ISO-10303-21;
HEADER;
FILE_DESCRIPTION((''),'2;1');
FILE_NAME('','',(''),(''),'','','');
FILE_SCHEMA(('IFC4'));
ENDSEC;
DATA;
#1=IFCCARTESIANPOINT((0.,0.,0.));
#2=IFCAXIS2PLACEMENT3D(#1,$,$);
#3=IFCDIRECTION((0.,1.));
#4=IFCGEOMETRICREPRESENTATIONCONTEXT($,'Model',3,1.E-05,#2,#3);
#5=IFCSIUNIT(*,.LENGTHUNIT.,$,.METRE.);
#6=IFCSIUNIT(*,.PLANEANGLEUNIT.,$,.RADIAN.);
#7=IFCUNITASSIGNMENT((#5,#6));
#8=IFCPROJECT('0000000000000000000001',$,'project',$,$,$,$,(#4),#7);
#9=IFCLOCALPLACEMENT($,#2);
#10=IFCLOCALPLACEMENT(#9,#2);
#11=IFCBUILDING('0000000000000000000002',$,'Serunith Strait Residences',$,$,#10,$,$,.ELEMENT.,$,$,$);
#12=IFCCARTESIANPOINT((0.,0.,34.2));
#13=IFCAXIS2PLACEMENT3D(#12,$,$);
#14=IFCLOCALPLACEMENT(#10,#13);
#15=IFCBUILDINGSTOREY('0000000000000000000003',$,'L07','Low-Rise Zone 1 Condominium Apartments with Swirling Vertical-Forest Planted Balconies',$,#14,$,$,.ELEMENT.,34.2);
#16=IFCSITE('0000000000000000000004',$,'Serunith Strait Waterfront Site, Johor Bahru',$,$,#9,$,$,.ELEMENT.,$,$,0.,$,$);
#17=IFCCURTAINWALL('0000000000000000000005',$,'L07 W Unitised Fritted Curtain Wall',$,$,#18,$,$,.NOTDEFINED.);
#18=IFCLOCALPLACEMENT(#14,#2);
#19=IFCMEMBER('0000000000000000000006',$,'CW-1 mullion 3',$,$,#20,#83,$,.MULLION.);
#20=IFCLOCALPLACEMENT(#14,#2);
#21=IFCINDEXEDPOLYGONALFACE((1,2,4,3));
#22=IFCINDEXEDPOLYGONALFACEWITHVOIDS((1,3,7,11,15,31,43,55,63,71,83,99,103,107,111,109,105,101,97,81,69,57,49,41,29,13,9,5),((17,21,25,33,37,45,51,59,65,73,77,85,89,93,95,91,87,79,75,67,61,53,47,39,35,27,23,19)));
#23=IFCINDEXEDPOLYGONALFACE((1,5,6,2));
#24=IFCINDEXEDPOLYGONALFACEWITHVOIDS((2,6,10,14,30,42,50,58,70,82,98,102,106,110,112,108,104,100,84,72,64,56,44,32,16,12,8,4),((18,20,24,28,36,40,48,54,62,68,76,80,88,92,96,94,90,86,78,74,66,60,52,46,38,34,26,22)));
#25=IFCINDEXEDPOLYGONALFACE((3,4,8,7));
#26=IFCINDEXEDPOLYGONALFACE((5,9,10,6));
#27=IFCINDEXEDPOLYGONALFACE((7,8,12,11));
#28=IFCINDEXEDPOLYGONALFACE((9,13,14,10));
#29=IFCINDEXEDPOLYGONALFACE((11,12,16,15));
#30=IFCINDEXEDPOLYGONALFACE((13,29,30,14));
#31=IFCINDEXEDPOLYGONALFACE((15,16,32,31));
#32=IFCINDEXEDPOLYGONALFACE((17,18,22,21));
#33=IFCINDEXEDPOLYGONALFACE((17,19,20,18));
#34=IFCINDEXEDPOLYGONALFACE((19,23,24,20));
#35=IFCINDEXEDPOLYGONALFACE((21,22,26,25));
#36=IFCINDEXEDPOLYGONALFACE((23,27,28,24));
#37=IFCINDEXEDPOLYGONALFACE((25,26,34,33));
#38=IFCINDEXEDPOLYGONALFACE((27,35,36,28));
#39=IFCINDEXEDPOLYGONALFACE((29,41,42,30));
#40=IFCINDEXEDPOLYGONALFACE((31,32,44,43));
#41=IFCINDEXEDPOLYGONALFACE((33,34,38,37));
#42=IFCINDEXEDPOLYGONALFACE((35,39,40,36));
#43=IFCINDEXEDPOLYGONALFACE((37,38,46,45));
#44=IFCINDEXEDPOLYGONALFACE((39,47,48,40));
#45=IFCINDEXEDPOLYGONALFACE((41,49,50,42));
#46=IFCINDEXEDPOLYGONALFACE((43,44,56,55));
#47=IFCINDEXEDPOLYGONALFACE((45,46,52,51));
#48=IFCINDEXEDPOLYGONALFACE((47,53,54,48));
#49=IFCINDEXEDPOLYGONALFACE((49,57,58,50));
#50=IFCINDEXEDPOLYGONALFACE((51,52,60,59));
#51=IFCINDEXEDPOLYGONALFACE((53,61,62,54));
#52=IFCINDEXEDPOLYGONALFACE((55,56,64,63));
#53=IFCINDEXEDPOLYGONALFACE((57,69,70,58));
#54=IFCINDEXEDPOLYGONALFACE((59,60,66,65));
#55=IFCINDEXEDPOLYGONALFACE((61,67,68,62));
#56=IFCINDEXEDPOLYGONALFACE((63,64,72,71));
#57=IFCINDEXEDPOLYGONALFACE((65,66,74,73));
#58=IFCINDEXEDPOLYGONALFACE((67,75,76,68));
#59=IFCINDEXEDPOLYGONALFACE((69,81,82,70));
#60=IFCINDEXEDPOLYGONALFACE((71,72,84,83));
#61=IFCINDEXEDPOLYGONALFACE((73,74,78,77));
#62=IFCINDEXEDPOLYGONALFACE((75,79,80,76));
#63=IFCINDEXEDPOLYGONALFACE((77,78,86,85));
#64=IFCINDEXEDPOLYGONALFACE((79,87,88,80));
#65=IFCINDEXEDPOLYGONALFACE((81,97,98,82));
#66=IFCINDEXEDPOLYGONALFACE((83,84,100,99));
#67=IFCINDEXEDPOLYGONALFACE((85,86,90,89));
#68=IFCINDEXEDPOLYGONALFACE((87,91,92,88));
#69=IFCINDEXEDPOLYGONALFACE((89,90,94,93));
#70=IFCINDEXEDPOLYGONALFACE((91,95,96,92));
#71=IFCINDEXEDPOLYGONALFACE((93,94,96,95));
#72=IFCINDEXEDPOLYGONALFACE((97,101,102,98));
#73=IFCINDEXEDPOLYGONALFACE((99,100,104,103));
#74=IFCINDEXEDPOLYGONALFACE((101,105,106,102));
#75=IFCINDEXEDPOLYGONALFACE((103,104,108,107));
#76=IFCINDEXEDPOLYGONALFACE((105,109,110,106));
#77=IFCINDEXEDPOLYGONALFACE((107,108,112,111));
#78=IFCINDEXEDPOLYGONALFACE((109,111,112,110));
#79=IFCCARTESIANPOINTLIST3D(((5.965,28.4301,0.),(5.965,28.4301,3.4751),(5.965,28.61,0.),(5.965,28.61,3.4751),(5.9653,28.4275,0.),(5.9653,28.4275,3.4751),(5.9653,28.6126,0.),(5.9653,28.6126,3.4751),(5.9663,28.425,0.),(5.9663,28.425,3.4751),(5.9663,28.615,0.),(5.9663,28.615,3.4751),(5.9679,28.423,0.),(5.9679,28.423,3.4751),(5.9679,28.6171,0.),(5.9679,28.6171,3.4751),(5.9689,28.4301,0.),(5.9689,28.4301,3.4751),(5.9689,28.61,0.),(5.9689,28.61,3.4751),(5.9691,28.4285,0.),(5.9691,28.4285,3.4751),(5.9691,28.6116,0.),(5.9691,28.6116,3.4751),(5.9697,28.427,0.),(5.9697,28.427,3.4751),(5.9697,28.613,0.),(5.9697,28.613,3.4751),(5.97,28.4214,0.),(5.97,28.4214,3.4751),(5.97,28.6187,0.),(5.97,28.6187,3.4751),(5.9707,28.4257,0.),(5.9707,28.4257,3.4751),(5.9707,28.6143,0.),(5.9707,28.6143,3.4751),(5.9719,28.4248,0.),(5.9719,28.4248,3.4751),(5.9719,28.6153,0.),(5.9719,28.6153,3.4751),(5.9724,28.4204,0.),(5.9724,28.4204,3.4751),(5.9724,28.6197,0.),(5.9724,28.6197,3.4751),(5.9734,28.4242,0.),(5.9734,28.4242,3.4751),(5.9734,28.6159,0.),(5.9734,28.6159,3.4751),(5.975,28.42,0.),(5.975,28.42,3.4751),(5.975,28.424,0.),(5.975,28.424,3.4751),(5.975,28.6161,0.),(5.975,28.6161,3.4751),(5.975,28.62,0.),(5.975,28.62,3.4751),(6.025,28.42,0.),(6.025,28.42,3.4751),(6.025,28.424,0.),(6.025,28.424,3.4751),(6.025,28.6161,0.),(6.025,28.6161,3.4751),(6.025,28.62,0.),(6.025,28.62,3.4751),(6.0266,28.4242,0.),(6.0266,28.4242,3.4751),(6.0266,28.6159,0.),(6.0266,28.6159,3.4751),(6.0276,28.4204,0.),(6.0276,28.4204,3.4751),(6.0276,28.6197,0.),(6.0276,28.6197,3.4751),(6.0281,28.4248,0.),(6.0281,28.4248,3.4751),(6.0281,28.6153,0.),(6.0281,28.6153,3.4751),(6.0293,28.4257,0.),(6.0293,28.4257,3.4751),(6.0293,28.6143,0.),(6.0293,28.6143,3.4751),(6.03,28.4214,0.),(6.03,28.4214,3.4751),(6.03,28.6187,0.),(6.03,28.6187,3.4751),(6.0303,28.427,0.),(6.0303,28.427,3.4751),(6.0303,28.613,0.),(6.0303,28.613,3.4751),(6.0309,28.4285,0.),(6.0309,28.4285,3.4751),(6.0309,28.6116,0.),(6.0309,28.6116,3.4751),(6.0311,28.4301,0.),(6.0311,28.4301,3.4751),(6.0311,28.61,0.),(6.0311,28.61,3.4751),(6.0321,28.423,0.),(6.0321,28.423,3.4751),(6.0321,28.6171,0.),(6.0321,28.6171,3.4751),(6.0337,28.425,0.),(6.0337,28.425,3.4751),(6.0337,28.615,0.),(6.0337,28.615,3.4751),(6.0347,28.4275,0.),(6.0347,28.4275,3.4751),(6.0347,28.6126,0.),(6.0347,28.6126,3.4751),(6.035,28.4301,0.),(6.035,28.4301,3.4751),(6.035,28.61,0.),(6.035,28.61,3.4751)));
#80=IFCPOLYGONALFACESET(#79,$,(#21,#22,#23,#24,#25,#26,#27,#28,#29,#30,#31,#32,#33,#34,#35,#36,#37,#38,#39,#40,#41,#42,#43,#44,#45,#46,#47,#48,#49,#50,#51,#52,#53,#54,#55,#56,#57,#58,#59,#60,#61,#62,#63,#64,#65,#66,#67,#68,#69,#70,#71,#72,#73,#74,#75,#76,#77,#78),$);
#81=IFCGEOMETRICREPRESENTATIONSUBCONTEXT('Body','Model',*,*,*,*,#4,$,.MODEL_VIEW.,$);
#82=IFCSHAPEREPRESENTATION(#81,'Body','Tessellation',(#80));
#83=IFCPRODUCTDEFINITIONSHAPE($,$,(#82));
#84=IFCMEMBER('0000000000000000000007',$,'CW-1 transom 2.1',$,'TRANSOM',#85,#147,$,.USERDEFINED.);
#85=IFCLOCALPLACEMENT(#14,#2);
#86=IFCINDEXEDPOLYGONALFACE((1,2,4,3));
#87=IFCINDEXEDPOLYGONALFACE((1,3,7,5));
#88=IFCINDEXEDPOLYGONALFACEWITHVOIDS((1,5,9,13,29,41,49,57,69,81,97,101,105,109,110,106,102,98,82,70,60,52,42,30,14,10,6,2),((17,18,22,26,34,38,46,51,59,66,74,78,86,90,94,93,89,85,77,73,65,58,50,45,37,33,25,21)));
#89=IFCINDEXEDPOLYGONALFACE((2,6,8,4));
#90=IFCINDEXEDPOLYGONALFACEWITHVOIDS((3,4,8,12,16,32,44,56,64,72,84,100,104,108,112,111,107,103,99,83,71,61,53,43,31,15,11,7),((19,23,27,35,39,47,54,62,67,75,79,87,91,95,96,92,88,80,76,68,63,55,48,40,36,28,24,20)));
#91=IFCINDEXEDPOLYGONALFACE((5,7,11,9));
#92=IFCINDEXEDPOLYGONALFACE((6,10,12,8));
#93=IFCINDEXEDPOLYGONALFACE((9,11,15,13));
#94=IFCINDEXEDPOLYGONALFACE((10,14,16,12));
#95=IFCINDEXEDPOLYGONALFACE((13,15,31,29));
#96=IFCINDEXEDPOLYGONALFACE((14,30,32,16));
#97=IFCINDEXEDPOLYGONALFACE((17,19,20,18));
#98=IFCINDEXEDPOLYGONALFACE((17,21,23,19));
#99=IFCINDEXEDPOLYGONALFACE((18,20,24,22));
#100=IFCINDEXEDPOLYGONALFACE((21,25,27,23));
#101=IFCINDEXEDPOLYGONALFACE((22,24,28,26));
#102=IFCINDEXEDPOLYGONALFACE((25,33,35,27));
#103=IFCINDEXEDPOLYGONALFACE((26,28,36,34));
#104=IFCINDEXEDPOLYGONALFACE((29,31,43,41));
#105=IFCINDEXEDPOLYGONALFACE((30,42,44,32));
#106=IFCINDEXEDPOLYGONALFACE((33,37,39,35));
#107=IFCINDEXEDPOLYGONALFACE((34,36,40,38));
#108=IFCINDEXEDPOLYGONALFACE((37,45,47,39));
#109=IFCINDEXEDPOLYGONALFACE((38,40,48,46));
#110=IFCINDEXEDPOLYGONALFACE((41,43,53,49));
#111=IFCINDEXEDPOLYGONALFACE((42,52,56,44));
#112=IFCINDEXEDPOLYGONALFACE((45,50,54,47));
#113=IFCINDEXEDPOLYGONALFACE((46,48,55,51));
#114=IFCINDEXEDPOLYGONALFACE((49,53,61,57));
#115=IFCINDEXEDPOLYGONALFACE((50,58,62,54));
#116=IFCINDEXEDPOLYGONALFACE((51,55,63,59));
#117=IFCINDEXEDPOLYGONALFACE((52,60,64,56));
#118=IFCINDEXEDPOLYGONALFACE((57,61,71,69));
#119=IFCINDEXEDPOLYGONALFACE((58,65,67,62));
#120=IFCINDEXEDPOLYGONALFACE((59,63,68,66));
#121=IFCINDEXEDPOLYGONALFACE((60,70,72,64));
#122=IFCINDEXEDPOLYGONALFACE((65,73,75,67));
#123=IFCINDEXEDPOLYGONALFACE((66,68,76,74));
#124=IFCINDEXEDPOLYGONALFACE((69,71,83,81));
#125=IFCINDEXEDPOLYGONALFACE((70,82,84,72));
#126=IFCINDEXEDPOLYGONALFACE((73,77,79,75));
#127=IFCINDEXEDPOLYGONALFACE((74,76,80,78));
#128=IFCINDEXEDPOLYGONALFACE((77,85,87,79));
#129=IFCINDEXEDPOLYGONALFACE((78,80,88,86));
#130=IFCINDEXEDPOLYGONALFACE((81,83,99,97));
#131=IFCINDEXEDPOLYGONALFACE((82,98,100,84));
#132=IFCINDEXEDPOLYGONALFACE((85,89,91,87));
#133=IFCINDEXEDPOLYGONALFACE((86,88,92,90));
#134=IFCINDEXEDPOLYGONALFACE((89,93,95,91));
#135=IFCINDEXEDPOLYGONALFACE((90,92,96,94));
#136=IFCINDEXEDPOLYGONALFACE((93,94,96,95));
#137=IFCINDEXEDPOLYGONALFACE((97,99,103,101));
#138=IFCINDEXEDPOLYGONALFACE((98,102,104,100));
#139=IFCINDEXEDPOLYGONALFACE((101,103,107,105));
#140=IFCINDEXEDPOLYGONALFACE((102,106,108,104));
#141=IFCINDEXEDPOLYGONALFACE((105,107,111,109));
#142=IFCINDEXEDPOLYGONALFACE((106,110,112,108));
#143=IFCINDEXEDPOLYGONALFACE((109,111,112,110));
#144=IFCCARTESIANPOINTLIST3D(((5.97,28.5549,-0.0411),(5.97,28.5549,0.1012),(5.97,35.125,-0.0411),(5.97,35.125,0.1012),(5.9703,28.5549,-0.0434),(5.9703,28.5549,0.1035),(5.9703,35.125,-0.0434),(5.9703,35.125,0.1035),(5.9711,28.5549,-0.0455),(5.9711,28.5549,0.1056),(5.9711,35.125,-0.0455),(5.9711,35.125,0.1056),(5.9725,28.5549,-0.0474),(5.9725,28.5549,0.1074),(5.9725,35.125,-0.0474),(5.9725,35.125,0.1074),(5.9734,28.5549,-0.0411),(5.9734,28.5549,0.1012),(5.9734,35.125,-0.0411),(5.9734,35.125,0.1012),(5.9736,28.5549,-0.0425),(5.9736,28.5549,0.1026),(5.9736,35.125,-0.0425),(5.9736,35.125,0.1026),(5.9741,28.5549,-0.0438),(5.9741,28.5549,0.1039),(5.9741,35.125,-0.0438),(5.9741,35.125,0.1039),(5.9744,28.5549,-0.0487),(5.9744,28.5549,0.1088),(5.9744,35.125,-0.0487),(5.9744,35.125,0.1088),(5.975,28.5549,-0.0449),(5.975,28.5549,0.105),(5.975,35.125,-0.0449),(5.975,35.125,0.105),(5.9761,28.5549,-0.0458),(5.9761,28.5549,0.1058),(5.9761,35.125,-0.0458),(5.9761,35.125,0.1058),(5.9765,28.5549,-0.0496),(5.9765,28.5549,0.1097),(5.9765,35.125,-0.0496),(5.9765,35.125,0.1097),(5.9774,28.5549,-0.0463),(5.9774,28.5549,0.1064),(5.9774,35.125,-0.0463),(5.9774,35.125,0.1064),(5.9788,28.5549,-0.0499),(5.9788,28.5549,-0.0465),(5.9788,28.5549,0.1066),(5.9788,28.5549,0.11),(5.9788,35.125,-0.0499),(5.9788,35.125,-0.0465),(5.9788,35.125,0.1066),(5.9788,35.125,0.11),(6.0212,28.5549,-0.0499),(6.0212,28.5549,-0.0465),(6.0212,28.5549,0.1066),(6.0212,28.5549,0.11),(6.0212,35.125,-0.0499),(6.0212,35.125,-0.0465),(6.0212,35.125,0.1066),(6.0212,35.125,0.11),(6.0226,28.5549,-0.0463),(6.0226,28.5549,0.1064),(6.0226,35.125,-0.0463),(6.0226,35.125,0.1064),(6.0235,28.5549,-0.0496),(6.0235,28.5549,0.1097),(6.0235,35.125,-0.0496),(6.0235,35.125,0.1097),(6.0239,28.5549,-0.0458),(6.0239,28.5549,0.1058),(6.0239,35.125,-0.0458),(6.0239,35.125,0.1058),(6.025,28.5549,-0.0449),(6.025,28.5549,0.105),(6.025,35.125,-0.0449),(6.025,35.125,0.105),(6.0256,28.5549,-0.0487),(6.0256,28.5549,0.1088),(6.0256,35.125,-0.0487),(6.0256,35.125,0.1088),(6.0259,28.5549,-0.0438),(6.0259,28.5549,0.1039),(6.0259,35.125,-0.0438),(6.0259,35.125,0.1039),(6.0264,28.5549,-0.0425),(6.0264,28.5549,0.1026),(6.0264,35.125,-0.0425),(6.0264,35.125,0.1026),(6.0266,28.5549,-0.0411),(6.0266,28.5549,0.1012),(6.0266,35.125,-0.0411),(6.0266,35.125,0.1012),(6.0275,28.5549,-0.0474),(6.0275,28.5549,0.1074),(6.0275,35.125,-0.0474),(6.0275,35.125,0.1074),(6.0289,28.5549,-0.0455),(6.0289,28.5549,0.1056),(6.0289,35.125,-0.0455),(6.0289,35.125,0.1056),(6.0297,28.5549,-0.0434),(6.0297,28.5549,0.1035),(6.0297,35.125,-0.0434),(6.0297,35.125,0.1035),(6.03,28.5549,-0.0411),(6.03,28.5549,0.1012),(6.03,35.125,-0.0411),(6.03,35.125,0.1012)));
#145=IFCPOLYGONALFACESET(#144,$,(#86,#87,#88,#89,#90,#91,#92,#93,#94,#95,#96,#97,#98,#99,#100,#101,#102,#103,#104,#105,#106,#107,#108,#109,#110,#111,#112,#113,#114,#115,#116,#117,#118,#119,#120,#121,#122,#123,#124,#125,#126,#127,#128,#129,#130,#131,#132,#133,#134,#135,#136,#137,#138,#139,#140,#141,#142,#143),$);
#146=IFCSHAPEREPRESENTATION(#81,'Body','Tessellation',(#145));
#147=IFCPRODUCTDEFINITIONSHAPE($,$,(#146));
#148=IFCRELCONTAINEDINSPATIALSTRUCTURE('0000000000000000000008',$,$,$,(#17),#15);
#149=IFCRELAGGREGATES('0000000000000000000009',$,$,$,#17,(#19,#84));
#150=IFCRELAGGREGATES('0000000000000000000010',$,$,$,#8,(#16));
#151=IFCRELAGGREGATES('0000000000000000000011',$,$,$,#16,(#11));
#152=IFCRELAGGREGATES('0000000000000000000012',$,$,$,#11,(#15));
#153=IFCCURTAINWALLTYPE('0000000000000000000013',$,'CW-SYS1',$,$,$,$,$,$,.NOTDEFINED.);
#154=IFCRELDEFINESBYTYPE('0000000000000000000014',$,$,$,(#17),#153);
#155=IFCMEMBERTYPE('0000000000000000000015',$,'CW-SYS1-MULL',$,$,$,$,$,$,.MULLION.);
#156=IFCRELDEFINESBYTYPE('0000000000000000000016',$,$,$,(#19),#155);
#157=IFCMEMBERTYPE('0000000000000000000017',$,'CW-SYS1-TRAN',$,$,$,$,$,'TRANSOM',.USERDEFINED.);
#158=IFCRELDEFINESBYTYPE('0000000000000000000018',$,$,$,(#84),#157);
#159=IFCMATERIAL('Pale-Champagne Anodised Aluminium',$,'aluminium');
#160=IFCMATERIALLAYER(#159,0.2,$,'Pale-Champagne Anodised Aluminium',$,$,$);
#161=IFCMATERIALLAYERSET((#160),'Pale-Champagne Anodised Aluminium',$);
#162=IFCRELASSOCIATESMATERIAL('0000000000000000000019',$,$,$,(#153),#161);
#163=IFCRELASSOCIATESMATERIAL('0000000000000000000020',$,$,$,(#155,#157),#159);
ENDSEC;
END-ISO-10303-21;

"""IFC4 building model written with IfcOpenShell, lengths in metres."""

from ifc_helpers import new_model, si_unit, direction, frame, origin, origin_2d, place, context, subcontext, project, spatial, hollow_rectangle, extrude, source, transform, mapped, material, layer, layer_set, material_profile, profile_set, type_object, element, aggregate, save


model = new_model("IFC4")

# Units and contexts
model_context = context("Model", 3, precision=1e-05, world=origin(), true_north=direction((0.0, 1.0)))
body_context = subcontext(model_context, "Body", "Model", "MODEL_VIEW")
ifc_project = project(units=[si_unit("LENGTHUNIT", "METRE"), si_unit("PLANEANGLEUNIT", "RADIAN")], contexts=[model_context])

# Site, building, storey
site_placement = place(None, origin())
site = spatial("IfcSite", under=ifc_project, at=site_placement, Name="Serunith Strait Waterfront Site, Johor Bahru", CompositionType="ELEMENT", RefElevation=0.0)
building_placement = place(site_placement, origin())
building = spatial("IfcBuilding", under=site, at=building_placement, Name="Serunith Strait Residences", CompositionType="ELEMENT")
storey_placement = place(building_placement, frame((0.0, 0.0, 34.2)))
storey = spatial("IfcBuildingStorey", under=building, at=storey_placement, Name="L07", Description="Low-Rise Zone 1 Condominium Apartments with Swirling Vertical-Forest Planted Balconies", CompositionType="ELEMENT", Elevation=34.2)

# Curtain wall, members
ifc_material_1 = material(Name="Pale-Champagne Anodised Aluminium", Category="aluminium")
ifc_layer_1 = layer(ifc_material_1, 0.2, Name="Pale-Champagne Anodised Aluminium")
ifc_layer_set_1 = layer_set([ifc_layer_1], Name="Pale-Champagne Anodised Aluminium")
curtain_wall_type = type_object("IfcCurtainWallType", Name="CW-SYS1", PredefinedType="NOTDEFINED", material=ifc_layer_set_1)
curtain_wall_placement = place(storey_placement, origin())
curtain_wall = element("IfcCurtainWall", 1, at=curtain_wall_placement, inside=storey, type_object=curtain_wall_type, Name="L07 W Unitised Fritted Curtain Wall", PredefinedType="NOTDEFINED")
ifc_material_profile_1 = material_profile(ifc_material_1, hollow_rectangle(XDim=0.0701, YDim=0.2, WallThickness=0.0039, InnerFilletRadius=0.0061, OuterFilletRadius=0.01, at=origin_2d()), Name="ALU 200x70x4")
ifc_profile_set_1 = profile_set([ifc_material_profile_1], Name="Pale-Champagne Anodised Aluminium")
member_type_1 = type_object("IfcMemberType", Name="CW-SYS1-MULL", PredefinedType="MULLION", material=ifc_profile_set_1)
shared_shape_1 = source(origin(), body_context, "Body", "SweptSolid", [
    extrude(hollow_rectangle(XDim=0.0701, YDim=0.2, WallThickness=0.0039, InnerFilletRadius=0.0061, OuterFilletRadius=0.01, at=origin_2d()), origin(), (0.0, 0.0, 1.0), 3.4751),
])
member_1_placement = place(storey_placement, frame((6.0, 28.52, 0.0), z_axis=(0.0, 0.0, 1.0), x_axis=(1.0, 0.0, 0.0)))
member_1 = element("IfcMember", 2, at=member_1_placement, type_object=member_type_1, Name="CW-1 mullion 3", PredefinedType="MULLION", context=body_context, shape_type="MappedRepresentation", body=[
    mapped(shared_shape_1, transform((0.0, 0.0, 0.0), scale=1.0)),
])
ifc_material_profile_2 = material_profile(ifc_material_1, hollow_rectangle(XDim=0.0601, YDim=0.1599, WallThickness=0.0034, InnerFilletRadius=0.0054, OuterFilletRadius=0.0088, at=origin_2d()), Name="ALU 160x60x3.5")
ifc_profile_set_2 = profile_set([ifc_material_profile_2], Name="Pale-Champagne Anodised Aluminium")
member_type_2 = type_object("IfcMemberType", Name="CW-SYS1-TRAN", ElementType="TRANSOM", PredefinedType="USERDEFINED", material=ifc_profile_set_2)
shared_shape_2 = source(origin(), body_context, "Body", "SweptSolid", [
    extrude(hollow_rectangle(XDim=0.0601, YDim=0.1599, WallThickness=0.0034, InnerFilletRadius=0.0054, OuterFilletRadius=0.0088, at=origin_2d()), origin(), (0.0, 0.0, 1.0), 6.5701),
])
member_2_placement = place(storey_placement, frame((6.0, 35.125, 0.03), z_axis=(0.0, -1.0, 0.0), x_axis=(1.0, 0.0, 0.0)))
member_2 = element("IfcMember", 3, at=member_2_placement, type_object=member_type_2, Name="CW-1 transom 2.1", ObjectType="TRANSOM", PredefinedType="USERDEFINED", context=body_context, shape_type="MappedRepresentation", body=[
    mapped(shared_shape_2, transform((0.0, 0.0, 0.0), scale=1.0)),
])
aggregate(curtain_wall, [member_1, member_2])

save(model, "model.ifc")
